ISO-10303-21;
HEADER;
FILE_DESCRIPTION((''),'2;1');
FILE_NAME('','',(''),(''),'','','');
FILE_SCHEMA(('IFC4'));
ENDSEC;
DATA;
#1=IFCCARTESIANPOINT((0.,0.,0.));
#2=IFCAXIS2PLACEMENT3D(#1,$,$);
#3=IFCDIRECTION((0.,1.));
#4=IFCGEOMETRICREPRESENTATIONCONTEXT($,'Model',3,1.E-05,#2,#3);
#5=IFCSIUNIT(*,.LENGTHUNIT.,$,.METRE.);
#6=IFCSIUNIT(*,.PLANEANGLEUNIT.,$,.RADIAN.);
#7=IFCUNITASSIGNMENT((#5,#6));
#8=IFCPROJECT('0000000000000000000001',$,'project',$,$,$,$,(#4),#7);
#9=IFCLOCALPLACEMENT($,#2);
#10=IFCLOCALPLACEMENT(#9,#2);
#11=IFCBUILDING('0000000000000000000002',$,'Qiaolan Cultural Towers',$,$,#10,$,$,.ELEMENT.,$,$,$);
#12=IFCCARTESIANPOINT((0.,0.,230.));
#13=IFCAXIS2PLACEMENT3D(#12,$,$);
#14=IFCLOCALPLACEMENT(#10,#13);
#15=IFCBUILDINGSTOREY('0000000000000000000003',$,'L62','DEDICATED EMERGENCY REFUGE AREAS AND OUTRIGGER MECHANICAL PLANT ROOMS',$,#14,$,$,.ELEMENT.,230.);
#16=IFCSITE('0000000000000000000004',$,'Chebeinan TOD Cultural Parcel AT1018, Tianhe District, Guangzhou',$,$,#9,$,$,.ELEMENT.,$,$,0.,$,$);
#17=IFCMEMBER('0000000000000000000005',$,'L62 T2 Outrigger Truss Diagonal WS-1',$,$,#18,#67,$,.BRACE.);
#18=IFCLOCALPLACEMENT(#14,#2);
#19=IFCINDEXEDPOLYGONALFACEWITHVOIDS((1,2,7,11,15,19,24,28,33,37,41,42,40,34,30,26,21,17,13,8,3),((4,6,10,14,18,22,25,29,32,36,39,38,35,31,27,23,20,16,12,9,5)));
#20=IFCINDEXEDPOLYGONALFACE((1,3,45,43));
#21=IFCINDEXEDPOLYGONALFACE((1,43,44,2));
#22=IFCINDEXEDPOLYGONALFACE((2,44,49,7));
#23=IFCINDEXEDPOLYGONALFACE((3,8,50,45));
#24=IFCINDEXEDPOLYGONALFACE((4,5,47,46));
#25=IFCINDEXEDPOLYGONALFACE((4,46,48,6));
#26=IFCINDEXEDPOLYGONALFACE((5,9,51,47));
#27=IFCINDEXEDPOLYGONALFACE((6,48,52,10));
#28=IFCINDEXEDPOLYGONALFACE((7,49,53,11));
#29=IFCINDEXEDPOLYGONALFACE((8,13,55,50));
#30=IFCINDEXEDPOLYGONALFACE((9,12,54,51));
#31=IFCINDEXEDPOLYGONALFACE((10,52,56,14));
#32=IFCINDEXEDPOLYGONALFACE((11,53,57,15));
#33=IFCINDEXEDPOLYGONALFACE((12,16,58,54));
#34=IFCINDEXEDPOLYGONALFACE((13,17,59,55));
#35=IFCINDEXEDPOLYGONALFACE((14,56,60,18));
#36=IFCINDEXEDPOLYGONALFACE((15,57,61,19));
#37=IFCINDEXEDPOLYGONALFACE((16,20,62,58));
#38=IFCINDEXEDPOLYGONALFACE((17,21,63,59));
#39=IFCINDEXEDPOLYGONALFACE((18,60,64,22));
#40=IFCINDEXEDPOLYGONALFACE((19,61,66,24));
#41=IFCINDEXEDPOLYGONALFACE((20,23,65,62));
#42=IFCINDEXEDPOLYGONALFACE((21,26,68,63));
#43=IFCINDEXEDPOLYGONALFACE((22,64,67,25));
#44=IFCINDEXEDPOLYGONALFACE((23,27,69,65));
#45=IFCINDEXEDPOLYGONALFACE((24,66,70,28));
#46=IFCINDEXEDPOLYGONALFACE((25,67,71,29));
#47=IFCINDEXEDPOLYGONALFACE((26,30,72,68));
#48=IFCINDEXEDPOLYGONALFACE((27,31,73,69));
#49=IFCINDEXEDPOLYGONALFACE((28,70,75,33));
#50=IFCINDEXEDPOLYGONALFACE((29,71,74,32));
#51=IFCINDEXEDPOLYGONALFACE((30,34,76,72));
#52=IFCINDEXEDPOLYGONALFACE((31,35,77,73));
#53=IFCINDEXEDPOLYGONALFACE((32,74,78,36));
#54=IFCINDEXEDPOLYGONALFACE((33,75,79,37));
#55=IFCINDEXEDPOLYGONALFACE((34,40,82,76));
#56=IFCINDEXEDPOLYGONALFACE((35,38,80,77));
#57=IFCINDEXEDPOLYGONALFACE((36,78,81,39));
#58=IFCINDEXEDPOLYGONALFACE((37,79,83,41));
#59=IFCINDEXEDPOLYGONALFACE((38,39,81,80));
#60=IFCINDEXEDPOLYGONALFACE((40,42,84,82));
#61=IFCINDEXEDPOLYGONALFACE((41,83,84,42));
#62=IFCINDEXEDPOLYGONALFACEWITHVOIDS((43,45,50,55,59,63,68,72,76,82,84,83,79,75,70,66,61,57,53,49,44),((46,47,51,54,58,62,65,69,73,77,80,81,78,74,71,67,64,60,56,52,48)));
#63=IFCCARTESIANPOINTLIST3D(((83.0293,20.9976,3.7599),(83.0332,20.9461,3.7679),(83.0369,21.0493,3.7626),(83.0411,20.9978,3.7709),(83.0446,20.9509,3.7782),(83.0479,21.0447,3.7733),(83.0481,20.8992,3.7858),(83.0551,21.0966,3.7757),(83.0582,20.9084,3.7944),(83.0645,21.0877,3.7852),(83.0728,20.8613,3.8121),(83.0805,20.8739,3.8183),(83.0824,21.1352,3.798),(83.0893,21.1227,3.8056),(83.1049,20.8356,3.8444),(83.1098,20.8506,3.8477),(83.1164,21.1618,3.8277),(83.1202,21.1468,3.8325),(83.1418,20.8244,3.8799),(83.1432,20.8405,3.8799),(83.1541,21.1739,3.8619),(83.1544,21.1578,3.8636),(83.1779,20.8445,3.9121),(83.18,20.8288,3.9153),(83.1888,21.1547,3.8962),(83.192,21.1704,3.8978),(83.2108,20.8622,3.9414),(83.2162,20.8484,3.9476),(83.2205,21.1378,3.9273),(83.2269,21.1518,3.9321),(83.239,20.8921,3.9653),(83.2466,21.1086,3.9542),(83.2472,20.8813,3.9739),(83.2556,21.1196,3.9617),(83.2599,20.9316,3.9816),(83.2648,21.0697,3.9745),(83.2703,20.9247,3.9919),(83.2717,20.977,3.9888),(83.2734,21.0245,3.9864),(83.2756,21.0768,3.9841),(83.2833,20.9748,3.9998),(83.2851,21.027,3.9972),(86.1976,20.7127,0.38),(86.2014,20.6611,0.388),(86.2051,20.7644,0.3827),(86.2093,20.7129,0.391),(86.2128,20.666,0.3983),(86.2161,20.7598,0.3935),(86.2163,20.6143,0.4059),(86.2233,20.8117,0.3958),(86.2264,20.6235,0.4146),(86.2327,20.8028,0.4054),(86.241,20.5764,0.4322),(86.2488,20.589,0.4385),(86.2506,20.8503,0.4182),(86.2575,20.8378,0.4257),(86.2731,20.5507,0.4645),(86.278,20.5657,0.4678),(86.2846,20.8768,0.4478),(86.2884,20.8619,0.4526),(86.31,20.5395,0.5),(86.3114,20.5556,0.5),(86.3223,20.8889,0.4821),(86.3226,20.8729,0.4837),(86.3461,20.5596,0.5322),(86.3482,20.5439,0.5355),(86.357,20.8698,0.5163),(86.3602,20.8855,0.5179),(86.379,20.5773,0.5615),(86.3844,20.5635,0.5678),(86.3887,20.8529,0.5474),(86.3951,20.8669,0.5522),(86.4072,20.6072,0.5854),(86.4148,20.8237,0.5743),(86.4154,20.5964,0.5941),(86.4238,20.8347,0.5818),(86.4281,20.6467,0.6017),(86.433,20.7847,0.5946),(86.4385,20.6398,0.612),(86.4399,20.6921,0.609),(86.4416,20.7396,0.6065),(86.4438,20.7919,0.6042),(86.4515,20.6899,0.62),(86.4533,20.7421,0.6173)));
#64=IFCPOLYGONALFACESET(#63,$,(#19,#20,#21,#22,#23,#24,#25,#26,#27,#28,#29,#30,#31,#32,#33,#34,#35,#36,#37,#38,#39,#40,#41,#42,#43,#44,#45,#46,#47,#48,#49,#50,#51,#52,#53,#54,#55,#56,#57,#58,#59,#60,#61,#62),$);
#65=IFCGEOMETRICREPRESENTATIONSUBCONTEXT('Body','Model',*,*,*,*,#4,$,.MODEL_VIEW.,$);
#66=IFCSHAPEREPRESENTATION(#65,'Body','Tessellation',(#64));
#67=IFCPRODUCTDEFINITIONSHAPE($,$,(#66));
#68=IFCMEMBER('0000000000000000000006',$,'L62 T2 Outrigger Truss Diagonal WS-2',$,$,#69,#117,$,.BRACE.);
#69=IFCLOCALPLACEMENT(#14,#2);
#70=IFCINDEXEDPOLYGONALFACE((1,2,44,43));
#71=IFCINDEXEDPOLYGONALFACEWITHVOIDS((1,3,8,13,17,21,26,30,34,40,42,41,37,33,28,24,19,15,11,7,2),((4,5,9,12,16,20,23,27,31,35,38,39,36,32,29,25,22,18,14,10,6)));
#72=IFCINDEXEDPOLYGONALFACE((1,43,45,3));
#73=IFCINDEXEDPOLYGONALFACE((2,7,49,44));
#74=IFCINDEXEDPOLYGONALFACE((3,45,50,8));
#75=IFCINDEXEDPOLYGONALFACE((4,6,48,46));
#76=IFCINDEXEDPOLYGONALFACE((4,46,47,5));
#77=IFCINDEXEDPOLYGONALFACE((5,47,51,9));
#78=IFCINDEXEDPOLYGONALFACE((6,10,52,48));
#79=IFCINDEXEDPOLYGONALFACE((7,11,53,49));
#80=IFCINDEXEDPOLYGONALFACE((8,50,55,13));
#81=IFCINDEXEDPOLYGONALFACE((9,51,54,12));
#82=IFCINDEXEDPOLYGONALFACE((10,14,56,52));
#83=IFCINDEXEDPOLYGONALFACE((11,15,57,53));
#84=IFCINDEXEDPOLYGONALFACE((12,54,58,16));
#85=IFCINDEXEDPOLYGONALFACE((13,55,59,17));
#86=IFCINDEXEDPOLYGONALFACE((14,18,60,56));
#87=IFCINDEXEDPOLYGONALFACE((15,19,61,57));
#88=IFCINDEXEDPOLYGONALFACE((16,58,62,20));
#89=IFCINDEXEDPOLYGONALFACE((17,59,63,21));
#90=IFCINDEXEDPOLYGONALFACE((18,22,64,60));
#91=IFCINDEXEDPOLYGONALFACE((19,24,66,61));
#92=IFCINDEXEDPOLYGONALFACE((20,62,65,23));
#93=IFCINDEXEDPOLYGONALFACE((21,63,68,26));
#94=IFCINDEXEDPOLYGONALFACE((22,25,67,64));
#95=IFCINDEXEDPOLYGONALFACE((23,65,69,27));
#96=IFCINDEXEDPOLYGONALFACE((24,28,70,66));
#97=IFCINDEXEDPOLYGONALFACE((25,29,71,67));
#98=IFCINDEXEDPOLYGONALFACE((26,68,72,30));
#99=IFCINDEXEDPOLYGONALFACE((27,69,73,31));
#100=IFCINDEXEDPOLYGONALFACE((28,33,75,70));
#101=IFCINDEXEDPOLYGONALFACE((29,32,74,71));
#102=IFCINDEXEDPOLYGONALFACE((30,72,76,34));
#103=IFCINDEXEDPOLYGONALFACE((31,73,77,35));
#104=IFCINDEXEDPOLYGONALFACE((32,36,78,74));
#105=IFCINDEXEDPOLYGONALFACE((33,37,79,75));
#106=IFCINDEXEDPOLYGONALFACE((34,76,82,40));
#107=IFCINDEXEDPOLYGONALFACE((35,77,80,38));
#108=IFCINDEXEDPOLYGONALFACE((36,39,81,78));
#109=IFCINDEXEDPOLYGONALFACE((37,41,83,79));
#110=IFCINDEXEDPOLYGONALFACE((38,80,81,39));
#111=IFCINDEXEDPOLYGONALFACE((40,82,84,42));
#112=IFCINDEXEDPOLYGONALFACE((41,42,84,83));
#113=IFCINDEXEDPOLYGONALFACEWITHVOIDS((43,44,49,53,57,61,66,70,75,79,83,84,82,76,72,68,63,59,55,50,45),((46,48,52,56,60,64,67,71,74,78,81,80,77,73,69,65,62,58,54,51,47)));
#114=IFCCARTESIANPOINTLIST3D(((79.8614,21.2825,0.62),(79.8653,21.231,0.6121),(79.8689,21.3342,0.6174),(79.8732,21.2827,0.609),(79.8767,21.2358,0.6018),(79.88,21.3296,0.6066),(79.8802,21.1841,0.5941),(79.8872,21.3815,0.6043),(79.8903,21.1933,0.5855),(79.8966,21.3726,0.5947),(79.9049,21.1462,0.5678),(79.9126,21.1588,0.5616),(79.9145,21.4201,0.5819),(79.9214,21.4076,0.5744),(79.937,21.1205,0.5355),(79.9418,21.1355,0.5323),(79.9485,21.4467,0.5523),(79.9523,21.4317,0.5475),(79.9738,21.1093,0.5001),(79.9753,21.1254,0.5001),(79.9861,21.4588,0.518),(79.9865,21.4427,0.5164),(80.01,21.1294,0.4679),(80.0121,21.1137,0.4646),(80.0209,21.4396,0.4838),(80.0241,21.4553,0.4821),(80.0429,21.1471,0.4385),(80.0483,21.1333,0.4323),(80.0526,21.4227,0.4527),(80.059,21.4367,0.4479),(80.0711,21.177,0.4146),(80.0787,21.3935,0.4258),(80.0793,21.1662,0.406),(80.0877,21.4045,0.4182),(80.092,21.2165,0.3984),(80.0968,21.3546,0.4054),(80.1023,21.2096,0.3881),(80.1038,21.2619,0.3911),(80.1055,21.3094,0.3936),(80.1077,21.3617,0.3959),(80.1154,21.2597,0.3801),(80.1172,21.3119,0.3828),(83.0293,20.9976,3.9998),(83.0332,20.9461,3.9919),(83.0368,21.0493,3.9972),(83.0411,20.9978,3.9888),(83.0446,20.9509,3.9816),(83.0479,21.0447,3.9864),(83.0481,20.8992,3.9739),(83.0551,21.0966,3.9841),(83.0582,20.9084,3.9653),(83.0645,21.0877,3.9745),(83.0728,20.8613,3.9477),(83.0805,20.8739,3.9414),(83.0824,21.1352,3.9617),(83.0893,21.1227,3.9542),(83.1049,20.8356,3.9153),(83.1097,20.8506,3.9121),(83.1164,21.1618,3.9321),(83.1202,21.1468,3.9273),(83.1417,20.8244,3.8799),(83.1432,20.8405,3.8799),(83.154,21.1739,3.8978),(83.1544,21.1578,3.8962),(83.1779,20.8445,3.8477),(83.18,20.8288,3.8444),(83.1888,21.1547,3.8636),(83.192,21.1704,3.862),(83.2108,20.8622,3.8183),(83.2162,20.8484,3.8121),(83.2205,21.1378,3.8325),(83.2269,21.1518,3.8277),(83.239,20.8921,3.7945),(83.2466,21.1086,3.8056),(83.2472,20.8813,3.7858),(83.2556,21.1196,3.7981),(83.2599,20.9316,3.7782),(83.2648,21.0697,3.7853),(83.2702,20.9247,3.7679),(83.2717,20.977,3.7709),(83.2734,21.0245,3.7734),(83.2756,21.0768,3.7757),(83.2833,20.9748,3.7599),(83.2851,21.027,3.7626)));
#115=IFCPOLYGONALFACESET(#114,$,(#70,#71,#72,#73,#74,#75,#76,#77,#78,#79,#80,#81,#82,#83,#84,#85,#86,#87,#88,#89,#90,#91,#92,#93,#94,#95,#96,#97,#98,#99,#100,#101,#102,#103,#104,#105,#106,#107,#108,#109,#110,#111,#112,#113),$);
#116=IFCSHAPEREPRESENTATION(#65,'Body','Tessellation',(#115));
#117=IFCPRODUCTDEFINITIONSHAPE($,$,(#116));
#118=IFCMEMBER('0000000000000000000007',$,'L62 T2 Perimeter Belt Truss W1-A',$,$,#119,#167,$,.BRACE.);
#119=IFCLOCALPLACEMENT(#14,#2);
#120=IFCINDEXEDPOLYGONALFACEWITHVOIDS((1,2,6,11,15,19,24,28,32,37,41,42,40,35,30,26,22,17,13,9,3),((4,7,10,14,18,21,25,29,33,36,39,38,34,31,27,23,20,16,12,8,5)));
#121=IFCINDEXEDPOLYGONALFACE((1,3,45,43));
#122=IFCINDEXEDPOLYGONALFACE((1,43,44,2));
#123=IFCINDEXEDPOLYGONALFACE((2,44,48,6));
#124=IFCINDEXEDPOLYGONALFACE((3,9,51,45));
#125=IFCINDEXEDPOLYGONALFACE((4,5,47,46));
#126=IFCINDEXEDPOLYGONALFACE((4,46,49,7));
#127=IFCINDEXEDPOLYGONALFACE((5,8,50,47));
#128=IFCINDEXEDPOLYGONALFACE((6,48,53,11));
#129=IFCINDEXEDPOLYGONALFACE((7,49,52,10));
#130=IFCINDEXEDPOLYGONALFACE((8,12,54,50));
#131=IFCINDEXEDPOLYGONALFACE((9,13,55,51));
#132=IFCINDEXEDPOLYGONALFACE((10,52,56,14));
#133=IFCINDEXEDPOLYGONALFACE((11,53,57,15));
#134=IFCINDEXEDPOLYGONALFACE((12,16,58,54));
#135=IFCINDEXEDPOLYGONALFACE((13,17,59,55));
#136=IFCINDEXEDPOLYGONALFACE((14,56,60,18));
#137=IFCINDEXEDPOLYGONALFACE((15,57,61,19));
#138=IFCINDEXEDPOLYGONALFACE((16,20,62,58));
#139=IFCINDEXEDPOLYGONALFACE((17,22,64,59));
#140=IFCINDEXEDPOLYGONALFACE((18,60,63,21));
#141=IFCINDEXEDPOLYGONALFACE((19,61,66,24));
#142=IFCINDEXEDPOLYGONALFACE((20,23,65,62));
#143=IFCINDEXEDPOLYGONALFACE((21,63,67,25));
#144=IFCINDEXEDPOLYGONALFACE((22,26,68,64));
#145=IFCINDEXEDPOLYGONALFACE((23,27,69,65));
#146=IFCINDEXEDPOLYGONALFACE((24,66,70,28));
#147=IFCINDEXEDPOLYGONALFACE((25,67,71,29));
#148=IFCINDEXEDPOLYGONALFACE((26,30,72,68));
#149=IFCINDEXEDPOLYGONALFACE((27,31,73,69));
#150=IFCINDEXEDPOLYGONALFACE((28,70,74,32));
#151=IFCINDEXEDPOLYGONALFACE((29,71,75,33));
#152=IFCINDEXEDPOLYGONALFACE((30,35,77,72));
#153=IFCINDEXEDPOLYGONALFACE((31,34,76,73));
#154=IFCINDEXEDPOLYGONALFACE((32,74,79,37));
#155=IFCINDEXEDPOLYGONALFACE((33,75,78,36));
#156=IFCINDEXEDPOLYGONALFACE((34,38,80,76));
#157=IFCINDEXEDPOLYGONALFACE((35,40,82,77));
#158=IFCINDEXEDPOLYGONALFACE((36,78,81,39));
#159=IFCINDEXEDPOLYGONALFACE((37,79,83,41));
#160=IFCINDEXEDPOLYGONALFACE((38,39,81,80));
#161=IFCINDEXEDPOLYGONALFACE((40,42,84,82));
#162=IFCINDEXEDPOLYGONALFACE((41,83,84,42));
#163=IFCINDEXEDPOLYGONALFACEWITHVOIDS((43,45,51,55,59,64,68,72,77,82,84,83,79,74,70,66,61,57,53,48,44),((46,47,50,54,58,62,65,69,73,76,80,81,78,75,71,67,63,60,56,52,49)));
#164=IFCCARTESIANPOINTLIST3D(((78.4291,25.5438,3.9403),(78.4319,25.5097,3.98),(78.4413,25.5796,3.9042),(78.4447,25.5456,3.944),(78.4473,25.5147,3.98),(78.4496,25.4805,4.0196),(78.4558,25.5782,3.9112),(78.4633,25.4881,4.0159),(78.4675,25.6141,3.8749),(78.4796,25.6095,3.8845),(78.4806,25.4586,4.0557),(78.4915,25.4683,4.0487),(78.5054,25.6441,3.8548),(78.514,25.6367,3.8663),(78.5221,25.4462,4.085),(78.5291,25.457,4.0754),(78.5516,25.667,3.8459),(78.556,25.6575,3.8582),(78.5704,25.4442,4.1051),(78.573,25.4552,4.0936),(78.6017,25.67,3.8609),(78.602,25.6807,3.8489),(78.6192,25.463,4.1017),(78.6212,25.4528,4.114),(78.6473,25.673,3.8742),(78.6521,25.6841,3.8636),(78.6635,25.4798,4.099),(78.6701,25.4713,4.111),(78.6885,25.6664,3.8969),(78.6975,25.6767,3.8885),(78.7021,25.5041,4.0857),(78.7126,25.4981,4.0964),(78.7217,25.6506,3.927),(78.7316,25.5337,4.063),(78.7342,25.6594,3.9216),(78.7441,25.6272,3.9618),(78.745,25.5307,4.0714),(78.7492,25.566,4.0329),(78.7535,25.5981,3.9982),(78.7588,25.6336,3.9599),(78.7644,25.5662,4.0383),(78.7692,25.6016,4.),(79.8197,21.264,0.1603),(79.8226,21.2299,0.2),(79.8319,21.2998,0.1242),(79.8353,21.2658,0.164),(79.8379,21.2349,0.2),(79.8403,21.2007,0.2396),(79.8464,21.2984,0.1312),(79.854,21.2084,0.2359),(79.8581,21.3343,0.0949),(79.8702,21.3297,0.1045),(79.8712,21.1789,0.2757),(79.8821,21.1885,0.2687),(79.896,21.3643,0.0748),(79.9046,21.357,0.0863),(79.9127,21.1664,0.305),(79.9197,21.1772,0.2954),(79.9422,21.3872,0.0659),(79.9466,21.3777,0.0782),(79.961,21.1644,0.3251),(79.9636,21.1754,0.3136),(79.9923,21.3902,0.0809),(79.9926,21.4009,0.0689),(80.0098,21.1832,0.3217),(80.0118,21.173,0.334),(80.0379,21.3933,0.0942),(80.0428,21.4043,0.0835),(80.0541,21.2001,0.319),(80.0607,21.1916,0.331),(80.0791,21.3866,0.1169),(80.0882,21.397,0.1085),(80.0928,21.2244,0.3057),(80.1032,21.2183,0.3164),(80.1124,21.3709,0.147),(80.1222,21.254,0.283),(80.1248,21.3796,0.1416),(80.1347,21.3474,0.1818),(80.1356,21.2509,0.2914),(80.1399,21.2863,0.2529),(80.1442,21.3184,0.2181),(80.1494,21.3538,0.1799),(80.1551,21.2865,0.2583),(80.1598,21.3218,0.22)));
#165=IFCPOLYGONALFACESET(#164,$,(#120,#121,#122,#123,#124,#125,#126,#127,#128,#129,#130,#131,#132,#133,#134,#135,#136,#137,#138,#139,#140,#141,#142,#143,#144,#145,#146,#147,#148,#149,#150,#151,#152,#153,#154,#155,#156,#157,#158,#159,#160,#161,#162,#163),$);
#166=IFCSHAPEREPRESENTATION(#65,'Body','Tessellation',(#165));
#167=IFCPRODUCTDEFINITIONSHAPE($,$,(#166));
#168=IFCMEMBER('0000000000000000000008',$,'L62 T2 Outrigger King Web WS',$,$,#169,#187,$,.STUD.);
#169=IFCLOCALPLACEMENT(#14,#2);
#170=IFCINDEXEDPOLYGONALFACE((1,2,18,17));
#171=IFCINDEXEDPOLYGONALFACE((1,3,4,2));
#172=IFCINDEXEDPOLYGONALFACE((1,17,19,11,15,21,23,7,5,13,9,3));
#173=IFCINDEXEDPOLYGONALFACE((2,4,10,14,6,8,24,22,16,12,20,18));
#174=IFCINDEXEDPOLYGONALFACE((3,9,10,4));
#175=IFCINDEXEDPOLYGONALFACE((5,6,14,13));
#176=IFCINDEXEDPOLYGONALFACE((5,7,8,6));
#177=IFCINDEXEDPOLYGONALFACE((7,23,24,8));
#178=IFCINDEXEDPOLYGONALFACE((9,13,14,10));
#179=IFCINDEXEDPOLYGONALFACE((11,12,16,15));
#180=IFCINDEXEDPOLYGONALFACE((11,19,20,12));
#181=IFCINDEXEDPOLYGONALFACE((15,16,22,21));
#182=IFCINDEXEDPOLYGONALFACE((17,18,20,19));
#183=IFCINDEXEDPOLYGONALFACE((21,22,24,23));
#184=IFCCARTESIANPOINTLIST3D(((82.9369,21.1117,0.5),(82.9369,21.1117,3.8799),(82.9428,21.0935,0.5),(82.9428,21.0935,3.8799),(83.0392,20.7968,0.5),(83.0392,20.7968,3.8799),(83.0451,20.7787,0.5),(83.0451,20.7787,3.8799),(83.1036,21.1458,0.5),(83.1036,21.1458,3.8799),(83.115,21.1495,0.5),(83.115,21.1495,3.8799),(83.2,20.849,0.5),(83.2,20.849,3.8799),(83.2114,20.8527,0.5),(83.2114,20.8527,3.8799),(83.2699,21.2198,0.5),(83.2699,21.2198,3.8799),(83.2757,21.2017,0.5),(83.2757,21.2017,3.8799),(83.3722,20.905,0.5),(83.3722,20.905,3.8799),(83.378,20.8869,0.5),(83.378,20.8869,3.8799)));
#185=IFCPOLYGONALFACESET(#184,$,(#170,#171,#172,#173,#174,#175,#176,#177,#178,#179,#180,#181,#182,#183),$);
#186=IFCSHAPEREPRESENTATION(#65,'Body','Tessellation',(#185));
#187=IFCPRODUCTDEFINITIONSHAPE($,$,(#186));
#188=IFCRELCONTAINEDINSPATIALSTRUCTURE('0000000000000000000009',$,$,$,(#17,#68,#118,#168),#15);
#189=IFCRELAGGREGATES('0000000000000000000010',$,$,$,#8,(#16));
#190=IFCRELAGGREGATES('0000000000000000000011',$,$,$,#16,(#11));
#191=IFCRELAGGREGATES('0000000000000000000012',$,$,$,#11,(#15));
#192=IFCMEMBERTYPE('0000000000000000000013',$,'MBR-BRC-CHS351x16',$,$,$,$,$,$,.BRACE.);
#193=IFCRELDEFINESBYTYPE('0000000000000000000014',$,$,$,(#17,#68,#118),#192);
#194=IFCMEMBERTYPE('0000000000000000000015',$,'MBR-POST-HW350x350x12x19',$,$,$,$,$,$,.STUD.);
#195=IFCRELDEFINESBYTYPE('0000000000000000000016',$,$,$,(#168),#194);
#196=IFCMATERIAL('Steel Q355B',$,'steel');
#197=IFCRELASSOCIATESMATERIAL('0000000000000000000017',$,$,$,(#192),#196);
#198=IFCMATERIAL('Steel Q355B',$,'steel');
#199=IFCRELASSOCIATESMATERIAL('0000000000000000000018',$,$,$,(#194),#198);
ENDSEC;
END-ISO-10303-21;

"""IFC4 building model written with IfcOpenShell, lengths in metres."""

from ifc_helpers import new_model, si_unit, direction, frame, origin, origin_2d, place, context, subcontext, project, spatial, hollow_circle, i_section, extrude, material, material_profile, profile_set, type_object, element, save


model = new_model("IFC4")

# Units and contexts
model_context = context("Model", 3, precision=1e-05, world=origin(), true_north=direction((0.0, 1.0)))
body_context = subcontext(model_context, "Body", "Model", "MODEL_VIEW")
ifc_project = project(units=[si_unit("LENGTHUNIT", "METRE"), si_unit("PLANEANGLEUNIT", "RADIAN")], contexts=[model_context])

# Site, building, storey
site_placement = place(None, origin())
site = spatial("IfcSite", under=ifc_project, at=site_placement, Name="Chebeinan TOD Cultural Parcel AT1018, Tianhe District, Guangzhou", CompositionType="ELEMENT", RefElevation=0.0)
building_placement = place(site_placement, origin())
building = spatial("IfcBuilding", under=site, at=building_placement, Name="Qiaolan Cultural Towers", CompositionType="ELEMENT")
storey_placement = place(building_placement, frame((0.0, 0.0, 230.0)))
storey = spatial("IfcBuildingStorey", under=building, at=storey_placement, Name="L62", Description="DEDICATED EMERGENCY REFUGE AREAS AND OUTRIGGER MECHANICAL PLANT ROOMS", CompositionType="ELEMENT", Elevation=230.0)

# Members
ifc_material_1 = material(Name="Steel Q355B", Category="steel")
ifc_material_profile_1 = material_profile(ifc_material_1, hollow_circle(Radius=0.1755, WallThickness=0.0161, at=origin_2d()), Name="CHS351x16")
ifc_profile_set_1 = profile_set([ifc_material_profile_1], Name="Steel Q355B")
member_type_1 = type_object("IfcMemberType", Name="MBR-BRC-CHS351x16", PredefinedType="BRACE", material=ifc_profile_set_1)
member_1_placement = place(storey_placement, frame((86.3257, 20.7144, 0.5), z_axis=(-0.682602, 0.061385, 0.728207), x_axis=(-0.089567, -0.995981, 0.0)))
element("IfcMember", 1, at=member_1_placement, inside=storey, type_object=member_type_1, Name="L62 T2 Outrigger Truss Diagonal WS-1", PredefinedType="BRACE", context=body_context, shape_type="SweptSolid", body=[
    extrude(hollow_circle(Radius=0.1755, WallThickness=0.0161, at=origin_2d()), origin(), (0.0, 0.0, 1.0), 4.6414),
])
member_2_placement = place(storey_placement, frame((83.1575, 20.9993, 3.8799), z_axis=(-0.682574, 0.061387, -0.728233), x_axis=(-0.089574, -0.99598, 0.0)))
element("IfcMember", 2, at=member_2_placement, inside=storey, type_object=member_type_1, Name="L62 T2 Outrigger Truss Diagonal WS-2", PredefinedType="BRACE", context=body_context, shape_type="SweptSolid", body=[
    extrude(hollow_circle(Radius=0.1755, WallThickness=0.0161, at=origin_2d()), origin(), (0.0, 0.0, 1.0), 4.6411),
])
member_3_placement = place(storey_placement, frame((79.9895, 21.2842, 0.2), z_axis=(-0.236622, 0.728227, 0.643191), x_axis=(-0.951054, -0.309025, 0.0)))
element("IfcMember", 3, at=member_3_placement, inside=storey, type_object=member_type_1, Name="L62 T2 Perimeter Belt Truss W1-A", PredefinedType="BRACE", context=body_context, shape_type="SweptSolid", body=[
    extrude(hollow_circle(Radius=0.1755, WallThickness=0.0161, at=origin_2d()), origin(), (0.0, 0.0, 1.0), 5.877),
])
ifc_material_2 = material(Name="Steel Q355B", Category="steel")
ifc_material_profile_2 = material_profile(ifc_material_2, i_section(OverallWidth=0.3501, OverallDepth=0.3501, WebThickness=0.012, FlangeThickness=0.019, at=origin_2d()), Name="HW350x350x12x19")
ifc_profile_set_2 = profile_set([ifc_material_profile_2], Name="Steel Q355B")
member_type_2 = type_object("IfcMemberType", Name="MBR-POST-HW350x350x12x19", PredefinedType="STUD", material=ifc_profile_set_2)
member_4_placement = place(storey_placement, frame((83.1575, 20.9993, 0.5), z_axis=(0.0, 0.0, 1.0), x_axis=(0.951057, 0.309017, 0.0)))
element("IfcMember", 4, at=member_4_placement, inside=storey, type_object=member_type_2, Name="L62 T2 Outrigger King Web WS", PredefinedType="STUD", context=body_context, shape_type="SweptSolid", body=[
    extrude(i_section(OverallWidth=0.3501, OverallDepth=0.3501, WebThickness=0.012, FlangeThickness=0.019, at=origin_2d()), origin(), (0.0, 0.0, 1.0), 3.3799),
])

save(model, "model.ifc")
